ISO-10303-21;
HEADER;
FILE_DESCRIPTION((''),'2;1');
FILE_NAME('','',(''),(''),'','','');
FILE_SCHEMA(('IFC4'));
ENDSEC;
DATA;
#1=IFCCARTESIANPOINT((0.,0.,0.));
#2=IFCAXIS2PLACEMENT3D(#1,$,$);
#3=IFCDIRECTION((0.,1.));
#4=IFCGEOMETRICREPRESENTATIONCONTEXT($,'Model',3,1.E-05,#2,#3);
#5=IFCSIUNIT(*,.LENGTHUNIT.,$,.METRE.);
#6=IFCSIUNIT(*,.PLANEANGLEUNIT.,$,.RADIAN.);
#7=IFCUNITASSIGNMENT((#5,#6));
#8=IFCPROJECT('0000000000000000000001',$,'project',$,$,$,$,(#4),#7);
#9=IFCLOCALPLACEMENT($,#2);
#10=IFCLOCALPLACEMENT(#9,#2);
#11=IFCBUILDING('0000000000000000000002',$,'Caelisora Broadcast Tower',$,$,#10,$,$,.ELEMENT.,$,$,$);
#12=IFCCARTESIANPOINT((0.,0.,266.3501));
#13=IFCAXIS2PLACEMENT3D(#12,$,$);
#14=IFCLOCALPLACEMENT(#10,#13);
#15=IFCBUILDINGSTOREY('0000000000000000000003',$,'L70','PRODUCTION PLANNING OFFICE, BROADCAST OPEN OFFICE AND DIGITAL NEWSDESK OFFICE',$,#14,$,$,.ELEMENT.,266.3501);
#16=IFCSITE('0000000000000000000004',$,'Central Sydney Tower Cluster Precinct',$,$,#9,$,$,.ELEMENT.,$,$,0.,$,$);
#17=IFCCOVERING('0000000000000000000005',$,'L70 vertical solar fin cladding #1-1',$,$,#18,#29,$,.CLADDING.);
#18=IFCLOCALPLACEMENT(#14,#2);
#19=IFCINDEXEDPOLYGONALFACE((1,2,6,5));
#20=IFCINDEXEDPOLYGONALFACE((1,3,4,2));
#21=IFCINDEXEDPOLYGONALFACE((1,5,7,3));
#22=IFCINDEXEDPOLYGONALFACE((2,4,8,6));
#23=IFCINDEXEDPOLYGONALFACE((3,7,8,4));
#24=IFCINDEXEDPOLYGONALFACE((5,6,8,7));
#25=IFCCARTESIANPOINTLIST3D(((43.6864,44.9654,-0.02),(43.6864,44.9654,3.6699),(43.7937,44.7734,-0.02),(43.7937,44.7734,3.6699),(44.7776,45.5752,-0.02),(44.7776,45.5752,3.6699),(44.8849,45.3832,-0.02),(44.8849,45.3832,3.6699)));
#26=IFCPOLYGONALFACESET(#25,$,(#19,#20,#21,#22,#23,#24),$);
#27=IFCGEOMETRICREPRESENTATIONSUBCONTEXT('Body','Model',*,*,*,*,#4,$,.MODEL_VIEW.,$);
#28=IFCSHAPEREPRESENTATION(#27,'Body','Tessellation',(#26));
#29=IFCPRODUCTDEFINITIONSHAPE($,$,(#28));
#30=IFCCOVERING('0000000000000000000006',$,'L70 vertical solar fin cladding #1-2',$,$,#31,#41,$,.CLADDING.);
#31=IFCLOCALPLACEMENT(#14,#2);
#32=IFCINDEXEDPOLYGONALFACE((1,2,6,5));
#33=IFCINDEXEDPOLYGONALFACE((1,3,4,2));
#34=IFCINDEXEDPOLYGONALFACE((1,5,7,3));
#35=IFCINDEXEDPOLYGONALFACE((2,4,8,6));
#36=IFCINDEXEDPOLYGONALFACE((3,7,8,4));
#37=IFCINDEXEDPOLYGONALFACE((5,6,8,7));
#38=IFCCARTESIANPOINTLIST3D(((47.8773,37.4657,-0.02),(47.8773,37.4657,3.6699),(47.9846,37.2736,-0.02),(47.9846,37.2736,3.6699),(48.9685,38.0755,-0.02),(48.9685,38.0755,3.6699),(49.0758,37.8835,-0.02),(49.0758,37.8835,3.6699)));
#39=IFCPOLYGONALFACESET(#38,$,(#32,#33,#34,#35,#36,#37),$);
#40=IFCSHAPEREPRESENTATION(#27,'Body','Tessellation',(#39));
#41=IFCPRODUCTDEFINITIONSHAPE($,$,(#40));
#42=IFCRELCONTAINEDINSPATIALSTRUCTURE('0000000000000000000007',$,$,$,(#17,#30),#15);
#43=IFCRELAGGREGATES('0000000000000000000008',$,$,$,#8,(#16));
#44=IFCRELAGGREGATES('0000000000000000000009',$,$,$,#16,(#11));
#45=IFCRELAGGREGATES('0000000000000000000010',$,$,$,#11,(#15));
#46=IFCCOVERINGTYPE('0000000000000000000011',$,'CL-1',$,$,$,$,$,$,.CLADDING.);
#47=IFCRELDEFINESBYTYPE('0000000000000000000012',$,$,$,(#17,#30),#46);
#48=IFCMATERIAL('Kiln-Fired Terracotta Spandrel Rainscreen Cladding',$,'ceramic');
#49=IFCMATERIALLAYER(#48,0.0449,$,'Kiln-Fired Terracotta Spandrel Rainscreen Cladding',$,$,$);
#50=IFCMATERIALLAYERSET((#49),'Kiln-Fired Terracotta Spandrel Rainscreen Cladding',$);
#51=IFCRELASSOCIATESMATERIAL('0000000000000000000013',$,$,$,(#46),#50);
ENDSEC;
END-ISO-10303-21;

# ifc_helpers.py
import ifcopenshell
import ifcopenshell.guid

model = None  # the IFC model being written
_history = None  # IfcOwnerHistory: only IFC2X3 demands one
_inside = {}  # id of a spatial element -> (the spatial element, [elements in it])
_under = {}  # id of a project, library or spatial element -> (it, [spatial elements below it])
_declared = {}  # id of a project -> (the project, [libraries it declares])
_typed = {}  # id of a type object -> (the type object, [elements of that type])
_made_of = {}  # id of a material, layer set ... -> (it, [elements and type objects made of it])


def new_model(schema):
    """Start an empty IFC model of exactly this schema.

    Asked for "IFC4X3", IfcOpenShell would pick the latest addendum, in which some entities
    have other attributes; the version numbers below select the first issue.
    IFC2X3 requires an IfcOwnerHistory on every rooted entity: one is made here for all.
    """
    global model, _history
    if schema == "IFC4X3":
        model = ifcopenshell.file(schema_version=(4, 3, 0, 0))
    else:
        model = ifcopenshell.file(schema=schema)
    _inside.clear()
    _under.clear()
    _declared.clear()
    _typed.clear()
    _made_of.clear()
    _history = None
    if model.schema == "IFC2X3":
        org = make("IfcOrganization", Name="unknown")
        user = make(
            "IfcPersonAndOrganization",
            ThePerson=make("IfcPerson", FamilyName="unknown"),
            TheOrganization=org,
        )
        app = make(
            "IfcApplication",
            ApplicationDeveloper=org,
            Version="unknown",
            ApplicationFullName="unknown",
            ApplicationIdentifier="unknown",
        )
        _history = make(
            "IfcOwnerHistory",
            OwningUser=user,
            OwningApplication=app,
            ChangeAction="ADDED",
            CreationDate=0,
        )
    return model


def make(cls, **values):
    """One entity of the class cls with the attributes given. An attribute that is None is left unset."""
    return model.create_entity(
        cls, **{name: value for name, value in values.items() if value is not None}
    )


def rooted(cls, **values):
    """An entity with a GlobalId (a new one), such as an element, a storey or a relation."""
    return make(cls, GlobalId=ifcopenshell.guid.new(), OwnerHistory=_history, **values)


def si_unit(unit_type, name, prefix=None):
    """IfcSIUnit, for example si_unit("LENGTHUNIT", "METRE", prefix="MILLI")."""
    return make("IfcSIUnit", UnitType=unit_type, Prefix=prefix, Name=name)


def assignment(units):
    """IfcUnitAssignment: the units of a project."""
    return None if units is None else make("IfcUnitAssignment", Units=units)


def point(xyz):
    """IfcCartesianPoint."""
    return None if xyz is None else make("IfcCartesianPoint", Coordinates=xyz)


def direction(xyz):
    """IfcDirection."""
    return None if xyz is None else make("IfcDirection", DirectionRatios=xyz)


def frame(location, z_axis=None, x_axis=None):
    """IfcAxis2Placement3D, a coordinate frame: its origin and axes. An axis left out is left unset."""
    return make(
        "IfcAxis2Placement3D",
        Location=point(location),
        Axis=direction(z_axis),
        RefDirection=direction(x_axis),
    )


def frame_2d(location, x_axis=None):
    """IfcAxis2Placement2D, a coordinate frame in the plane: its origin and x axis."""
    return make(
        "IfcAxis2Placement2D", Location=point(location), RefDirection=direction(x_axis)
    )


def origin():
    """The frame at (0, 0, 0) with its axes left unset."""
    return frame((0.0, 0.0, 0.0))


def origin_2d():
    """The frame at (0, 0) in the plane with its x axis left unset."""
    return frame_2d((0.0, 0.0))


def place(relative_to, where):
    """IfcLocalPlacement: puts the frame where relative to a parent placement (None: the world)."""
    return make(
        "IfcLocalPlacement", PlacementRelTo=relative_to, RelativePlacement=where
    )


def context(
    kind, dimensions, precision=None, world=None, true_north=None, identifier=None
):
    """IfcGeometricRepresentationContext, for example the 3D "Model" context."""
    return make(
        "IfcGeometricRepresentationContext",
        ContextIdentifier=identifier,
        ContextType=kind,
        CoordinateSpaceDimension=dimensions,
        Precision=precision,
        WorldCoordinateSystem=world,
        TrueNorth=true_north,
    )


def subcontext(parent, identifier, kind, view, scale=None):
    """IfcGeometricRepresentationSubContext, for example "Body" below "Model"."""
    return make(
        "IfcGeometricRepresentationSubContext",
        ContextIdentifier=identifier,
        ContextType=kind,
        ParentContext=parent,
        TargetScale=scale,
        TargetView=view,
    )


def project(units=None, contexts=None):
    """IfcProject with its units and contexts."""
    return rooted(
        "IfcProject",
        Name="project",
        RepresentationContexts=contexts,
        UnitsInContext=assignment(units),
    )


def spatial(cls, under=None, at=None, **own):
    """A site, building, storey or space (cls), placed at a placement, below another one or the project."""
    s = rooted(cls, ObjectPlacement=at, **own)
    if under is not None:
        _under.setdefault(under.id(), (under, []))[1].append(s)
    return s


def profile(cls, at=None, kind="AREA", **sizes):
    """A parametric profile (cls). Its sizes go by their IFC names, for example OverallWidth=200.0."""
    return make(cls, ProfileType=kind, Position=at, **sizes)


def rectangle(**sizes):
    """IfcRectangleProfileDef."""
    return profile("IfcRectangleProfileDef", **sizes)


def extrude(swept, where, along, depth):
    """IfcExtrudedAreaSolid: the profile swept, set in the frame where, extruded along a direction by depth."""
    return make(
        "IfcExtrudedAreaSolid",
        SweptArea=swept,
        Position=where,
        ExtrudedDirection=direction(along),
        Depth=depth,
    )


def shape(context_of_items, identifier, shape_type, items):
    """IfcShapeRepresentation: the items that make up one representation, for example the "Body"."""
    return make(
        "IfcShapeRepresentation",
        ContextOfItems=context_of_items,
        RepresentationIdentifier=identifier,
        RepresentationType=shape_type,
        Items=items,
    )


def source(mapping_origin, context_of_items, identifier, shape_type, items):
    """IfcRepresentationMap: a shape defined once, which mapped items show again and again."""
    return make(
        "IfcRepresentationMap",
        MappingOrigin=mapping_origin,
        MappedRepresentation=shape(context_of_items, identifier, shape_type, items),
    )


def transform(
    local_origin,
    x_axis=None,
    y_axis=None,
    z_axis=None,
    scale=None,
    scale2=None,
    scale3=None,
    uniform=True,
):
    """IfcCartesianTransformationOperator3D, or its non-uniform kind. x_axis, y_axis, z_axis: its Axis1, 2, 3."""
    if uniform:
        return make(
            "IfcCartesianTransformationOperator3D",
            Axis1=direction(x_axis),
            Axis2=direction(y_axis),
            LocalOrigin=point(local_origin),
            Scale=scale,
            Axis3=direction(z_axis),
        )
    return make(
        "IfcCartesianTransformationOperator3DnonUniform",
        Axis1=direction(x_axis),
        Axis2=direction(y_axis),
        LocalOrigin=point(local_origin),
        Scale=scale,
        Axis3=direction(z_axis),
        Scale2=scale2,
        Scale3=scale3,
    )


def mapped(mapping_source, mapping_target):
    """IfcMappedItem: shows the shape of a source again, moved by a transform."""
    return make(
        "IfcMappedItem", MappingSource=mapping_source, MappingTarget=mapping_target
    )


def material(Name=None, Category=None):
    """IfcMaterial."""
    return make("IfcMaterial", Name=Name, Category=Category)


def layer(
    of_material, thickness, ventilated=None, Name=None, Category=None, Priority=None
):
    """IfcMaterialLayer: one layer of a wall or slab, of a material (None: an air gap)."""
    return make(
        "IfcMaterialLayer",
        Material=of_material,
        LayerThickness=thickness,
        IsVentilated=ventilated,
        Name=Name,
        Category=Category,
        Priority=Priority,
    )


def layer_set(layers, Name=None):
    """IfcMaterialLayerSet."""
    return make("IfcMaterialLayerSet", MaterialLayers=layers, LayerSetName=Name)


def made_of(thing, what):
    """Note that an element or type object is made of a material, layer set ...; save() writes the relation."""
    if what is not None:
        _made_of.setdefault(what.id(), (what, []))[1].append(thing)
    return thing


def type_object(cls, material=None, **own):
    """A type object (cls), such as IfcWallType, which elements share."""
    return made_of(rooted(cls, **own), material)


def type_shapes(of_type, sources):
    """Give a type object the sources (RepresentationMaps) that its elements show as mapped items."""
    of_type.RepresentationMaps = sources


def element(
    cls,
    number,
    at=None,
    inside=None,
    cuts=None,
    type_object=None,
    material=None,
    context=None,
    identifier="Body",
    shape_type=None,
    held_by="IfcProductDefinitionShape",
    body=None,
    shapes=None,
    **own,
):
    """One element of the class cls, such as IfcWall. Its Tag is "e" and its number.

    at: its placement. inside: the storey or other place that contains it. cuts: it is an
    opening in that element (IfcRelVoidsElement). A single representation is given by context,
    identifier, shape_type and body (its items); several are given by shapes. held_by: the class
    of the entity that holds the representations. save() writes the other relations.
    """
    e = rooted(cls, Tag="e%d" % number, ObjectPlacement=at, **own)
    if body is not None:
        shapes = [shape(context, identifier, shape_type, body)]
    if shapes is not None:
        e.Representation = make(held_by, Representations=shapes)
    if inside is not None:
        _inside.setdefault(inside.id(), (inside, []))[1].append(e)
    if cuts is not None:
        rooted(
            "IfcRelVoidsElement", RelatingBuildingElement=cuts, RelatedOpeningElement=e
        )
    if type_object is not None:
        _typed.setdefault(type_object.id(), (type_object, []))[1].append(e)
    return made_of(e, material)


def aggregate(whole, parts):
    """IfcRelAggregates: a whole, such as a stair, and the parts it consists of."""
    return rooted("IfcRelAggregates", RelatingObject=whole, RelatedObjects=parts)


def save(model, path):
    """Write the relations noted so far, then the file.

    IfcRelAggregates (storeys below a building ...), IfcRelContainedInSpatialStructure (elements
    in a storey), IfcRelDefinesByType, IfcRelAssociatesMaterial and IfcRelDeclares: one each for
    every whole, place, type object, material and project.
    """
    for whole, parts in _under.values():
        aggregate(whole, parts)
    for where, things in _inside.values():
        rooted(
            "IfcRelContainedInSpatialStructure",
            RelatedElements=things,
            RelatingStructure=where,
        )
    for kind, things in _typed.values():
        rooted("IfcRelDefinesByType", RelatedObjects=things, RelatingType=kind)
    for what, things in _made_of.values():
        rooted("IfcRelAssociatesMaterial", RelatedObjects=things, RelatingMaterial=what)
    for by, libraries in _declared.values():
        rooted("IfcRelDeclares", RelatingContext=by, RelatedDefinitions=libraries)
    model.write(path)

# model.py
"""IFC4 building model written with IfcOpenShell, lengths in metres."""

from ifc_helpers import new_model, si_unit, direction, frame, origin, origin_2d, place, context, subcontext, project, spatial, rectangle, extrude, source, transform, mapped, material, layer, layer_set, type_object, type_shapes, element, save


model = new_model("IFC4")

# Units and contexts
model_context = context("Model", 3, precision=1e-05, world=origin(), true_north=direction((0.0, 1.0)))
body_context = subcontext(model_context, "Body", "Model", "MODEL_VIEW")
ifc_project = project(units=[si_unit("LENGTHUNIT", "METRE"), si_unit("PLANEANGLEUNIT", "RADIAN")], contexts=[model_context])

# Site, building, storey
site_placement = place(None, origin())
site = spatial("IfcSite", under=ifc_project, at=site_placement, Name="Central Sydney Tower Cluster Precinct", CompositionType="ELEMENT", RefElevation=0.0)
building_placement = place(site_placement, origin())
building = spatial("IfcBuilding", under=site, at=building_placement, Name="Caelisora Broadcast Tower", CompositionType="ELEMENT")
storey_placement = place(building_placement, frame((0.0, 0.0, 266.3501)))
storey = spatial("IfcBuildingStorey", under=building, at=storey_placement, Name="L70", Description="PRODUCTION PLANNING OFFICE, BROADCAST OPEN OFFICE AND DIGITAL NEWSDESK OFFICE", CompositionType="ELEMENT", Elevation=266.3501)

# Coverings
ifc_material_1 = material(Name="Kiln-Fired Terracotta Spandrel Rainscreen Cladding", Category="ceramic")
ifc_layer_1 = layer(ifc_material_1, 0.0449, Name="Kiln-Fired Terracotta Spandrel Rainscreen Cladding")
ifc_layer_set_1 = layer_set([ifc_layer_1], Name="Kiln-Fired Terracotta Spandrel Rainscreen Cladding")
covering_type = type_object("IfcCoveringType", Name="CL-1", PredefinedType="CLADDING", material=ifc_layer_set_1)
shared_shape_1 = source(origin(), body_context, "Body", "SweptSolid", [
    extrude(rectangle(XDim=0.22, YDim=1.25, at=origin_2d()), origin(), (0.0, 0.0, 1.0), 3.6899),
])
type_shapes(covering_type, [shared_shape_1])
for number, where, z_axis, x_axis, name in (
    (1, (44.2856, 45.1743, -0.02), (0.0, 0.0, 1.0), (0.48786, -0.872922, 0.0), "L70 vertical solar fin cladding #1-1"),
    (2, (48.4766, 37.6746, -0.02), (0.0, 0.0, 1.0), (0.48786, -0.872922, 0.0), "L70 vertical solar fin cladding #1-2"),
):
    element("IfcCovering", number, at=place(storey_placement, frame(where, z_axis=z_axis, x_axis=x_axis)), inside=storey, type_object=covering_type, Name=name, PredefinedType="CLADDING", context=body_context, shape_type="MappedRepresentation", body=[
        mapped(shared_shape_1, transform((0.0, 0.0, 0.0), scale=1.0)),
    ])

save(model, "model.ifc")
